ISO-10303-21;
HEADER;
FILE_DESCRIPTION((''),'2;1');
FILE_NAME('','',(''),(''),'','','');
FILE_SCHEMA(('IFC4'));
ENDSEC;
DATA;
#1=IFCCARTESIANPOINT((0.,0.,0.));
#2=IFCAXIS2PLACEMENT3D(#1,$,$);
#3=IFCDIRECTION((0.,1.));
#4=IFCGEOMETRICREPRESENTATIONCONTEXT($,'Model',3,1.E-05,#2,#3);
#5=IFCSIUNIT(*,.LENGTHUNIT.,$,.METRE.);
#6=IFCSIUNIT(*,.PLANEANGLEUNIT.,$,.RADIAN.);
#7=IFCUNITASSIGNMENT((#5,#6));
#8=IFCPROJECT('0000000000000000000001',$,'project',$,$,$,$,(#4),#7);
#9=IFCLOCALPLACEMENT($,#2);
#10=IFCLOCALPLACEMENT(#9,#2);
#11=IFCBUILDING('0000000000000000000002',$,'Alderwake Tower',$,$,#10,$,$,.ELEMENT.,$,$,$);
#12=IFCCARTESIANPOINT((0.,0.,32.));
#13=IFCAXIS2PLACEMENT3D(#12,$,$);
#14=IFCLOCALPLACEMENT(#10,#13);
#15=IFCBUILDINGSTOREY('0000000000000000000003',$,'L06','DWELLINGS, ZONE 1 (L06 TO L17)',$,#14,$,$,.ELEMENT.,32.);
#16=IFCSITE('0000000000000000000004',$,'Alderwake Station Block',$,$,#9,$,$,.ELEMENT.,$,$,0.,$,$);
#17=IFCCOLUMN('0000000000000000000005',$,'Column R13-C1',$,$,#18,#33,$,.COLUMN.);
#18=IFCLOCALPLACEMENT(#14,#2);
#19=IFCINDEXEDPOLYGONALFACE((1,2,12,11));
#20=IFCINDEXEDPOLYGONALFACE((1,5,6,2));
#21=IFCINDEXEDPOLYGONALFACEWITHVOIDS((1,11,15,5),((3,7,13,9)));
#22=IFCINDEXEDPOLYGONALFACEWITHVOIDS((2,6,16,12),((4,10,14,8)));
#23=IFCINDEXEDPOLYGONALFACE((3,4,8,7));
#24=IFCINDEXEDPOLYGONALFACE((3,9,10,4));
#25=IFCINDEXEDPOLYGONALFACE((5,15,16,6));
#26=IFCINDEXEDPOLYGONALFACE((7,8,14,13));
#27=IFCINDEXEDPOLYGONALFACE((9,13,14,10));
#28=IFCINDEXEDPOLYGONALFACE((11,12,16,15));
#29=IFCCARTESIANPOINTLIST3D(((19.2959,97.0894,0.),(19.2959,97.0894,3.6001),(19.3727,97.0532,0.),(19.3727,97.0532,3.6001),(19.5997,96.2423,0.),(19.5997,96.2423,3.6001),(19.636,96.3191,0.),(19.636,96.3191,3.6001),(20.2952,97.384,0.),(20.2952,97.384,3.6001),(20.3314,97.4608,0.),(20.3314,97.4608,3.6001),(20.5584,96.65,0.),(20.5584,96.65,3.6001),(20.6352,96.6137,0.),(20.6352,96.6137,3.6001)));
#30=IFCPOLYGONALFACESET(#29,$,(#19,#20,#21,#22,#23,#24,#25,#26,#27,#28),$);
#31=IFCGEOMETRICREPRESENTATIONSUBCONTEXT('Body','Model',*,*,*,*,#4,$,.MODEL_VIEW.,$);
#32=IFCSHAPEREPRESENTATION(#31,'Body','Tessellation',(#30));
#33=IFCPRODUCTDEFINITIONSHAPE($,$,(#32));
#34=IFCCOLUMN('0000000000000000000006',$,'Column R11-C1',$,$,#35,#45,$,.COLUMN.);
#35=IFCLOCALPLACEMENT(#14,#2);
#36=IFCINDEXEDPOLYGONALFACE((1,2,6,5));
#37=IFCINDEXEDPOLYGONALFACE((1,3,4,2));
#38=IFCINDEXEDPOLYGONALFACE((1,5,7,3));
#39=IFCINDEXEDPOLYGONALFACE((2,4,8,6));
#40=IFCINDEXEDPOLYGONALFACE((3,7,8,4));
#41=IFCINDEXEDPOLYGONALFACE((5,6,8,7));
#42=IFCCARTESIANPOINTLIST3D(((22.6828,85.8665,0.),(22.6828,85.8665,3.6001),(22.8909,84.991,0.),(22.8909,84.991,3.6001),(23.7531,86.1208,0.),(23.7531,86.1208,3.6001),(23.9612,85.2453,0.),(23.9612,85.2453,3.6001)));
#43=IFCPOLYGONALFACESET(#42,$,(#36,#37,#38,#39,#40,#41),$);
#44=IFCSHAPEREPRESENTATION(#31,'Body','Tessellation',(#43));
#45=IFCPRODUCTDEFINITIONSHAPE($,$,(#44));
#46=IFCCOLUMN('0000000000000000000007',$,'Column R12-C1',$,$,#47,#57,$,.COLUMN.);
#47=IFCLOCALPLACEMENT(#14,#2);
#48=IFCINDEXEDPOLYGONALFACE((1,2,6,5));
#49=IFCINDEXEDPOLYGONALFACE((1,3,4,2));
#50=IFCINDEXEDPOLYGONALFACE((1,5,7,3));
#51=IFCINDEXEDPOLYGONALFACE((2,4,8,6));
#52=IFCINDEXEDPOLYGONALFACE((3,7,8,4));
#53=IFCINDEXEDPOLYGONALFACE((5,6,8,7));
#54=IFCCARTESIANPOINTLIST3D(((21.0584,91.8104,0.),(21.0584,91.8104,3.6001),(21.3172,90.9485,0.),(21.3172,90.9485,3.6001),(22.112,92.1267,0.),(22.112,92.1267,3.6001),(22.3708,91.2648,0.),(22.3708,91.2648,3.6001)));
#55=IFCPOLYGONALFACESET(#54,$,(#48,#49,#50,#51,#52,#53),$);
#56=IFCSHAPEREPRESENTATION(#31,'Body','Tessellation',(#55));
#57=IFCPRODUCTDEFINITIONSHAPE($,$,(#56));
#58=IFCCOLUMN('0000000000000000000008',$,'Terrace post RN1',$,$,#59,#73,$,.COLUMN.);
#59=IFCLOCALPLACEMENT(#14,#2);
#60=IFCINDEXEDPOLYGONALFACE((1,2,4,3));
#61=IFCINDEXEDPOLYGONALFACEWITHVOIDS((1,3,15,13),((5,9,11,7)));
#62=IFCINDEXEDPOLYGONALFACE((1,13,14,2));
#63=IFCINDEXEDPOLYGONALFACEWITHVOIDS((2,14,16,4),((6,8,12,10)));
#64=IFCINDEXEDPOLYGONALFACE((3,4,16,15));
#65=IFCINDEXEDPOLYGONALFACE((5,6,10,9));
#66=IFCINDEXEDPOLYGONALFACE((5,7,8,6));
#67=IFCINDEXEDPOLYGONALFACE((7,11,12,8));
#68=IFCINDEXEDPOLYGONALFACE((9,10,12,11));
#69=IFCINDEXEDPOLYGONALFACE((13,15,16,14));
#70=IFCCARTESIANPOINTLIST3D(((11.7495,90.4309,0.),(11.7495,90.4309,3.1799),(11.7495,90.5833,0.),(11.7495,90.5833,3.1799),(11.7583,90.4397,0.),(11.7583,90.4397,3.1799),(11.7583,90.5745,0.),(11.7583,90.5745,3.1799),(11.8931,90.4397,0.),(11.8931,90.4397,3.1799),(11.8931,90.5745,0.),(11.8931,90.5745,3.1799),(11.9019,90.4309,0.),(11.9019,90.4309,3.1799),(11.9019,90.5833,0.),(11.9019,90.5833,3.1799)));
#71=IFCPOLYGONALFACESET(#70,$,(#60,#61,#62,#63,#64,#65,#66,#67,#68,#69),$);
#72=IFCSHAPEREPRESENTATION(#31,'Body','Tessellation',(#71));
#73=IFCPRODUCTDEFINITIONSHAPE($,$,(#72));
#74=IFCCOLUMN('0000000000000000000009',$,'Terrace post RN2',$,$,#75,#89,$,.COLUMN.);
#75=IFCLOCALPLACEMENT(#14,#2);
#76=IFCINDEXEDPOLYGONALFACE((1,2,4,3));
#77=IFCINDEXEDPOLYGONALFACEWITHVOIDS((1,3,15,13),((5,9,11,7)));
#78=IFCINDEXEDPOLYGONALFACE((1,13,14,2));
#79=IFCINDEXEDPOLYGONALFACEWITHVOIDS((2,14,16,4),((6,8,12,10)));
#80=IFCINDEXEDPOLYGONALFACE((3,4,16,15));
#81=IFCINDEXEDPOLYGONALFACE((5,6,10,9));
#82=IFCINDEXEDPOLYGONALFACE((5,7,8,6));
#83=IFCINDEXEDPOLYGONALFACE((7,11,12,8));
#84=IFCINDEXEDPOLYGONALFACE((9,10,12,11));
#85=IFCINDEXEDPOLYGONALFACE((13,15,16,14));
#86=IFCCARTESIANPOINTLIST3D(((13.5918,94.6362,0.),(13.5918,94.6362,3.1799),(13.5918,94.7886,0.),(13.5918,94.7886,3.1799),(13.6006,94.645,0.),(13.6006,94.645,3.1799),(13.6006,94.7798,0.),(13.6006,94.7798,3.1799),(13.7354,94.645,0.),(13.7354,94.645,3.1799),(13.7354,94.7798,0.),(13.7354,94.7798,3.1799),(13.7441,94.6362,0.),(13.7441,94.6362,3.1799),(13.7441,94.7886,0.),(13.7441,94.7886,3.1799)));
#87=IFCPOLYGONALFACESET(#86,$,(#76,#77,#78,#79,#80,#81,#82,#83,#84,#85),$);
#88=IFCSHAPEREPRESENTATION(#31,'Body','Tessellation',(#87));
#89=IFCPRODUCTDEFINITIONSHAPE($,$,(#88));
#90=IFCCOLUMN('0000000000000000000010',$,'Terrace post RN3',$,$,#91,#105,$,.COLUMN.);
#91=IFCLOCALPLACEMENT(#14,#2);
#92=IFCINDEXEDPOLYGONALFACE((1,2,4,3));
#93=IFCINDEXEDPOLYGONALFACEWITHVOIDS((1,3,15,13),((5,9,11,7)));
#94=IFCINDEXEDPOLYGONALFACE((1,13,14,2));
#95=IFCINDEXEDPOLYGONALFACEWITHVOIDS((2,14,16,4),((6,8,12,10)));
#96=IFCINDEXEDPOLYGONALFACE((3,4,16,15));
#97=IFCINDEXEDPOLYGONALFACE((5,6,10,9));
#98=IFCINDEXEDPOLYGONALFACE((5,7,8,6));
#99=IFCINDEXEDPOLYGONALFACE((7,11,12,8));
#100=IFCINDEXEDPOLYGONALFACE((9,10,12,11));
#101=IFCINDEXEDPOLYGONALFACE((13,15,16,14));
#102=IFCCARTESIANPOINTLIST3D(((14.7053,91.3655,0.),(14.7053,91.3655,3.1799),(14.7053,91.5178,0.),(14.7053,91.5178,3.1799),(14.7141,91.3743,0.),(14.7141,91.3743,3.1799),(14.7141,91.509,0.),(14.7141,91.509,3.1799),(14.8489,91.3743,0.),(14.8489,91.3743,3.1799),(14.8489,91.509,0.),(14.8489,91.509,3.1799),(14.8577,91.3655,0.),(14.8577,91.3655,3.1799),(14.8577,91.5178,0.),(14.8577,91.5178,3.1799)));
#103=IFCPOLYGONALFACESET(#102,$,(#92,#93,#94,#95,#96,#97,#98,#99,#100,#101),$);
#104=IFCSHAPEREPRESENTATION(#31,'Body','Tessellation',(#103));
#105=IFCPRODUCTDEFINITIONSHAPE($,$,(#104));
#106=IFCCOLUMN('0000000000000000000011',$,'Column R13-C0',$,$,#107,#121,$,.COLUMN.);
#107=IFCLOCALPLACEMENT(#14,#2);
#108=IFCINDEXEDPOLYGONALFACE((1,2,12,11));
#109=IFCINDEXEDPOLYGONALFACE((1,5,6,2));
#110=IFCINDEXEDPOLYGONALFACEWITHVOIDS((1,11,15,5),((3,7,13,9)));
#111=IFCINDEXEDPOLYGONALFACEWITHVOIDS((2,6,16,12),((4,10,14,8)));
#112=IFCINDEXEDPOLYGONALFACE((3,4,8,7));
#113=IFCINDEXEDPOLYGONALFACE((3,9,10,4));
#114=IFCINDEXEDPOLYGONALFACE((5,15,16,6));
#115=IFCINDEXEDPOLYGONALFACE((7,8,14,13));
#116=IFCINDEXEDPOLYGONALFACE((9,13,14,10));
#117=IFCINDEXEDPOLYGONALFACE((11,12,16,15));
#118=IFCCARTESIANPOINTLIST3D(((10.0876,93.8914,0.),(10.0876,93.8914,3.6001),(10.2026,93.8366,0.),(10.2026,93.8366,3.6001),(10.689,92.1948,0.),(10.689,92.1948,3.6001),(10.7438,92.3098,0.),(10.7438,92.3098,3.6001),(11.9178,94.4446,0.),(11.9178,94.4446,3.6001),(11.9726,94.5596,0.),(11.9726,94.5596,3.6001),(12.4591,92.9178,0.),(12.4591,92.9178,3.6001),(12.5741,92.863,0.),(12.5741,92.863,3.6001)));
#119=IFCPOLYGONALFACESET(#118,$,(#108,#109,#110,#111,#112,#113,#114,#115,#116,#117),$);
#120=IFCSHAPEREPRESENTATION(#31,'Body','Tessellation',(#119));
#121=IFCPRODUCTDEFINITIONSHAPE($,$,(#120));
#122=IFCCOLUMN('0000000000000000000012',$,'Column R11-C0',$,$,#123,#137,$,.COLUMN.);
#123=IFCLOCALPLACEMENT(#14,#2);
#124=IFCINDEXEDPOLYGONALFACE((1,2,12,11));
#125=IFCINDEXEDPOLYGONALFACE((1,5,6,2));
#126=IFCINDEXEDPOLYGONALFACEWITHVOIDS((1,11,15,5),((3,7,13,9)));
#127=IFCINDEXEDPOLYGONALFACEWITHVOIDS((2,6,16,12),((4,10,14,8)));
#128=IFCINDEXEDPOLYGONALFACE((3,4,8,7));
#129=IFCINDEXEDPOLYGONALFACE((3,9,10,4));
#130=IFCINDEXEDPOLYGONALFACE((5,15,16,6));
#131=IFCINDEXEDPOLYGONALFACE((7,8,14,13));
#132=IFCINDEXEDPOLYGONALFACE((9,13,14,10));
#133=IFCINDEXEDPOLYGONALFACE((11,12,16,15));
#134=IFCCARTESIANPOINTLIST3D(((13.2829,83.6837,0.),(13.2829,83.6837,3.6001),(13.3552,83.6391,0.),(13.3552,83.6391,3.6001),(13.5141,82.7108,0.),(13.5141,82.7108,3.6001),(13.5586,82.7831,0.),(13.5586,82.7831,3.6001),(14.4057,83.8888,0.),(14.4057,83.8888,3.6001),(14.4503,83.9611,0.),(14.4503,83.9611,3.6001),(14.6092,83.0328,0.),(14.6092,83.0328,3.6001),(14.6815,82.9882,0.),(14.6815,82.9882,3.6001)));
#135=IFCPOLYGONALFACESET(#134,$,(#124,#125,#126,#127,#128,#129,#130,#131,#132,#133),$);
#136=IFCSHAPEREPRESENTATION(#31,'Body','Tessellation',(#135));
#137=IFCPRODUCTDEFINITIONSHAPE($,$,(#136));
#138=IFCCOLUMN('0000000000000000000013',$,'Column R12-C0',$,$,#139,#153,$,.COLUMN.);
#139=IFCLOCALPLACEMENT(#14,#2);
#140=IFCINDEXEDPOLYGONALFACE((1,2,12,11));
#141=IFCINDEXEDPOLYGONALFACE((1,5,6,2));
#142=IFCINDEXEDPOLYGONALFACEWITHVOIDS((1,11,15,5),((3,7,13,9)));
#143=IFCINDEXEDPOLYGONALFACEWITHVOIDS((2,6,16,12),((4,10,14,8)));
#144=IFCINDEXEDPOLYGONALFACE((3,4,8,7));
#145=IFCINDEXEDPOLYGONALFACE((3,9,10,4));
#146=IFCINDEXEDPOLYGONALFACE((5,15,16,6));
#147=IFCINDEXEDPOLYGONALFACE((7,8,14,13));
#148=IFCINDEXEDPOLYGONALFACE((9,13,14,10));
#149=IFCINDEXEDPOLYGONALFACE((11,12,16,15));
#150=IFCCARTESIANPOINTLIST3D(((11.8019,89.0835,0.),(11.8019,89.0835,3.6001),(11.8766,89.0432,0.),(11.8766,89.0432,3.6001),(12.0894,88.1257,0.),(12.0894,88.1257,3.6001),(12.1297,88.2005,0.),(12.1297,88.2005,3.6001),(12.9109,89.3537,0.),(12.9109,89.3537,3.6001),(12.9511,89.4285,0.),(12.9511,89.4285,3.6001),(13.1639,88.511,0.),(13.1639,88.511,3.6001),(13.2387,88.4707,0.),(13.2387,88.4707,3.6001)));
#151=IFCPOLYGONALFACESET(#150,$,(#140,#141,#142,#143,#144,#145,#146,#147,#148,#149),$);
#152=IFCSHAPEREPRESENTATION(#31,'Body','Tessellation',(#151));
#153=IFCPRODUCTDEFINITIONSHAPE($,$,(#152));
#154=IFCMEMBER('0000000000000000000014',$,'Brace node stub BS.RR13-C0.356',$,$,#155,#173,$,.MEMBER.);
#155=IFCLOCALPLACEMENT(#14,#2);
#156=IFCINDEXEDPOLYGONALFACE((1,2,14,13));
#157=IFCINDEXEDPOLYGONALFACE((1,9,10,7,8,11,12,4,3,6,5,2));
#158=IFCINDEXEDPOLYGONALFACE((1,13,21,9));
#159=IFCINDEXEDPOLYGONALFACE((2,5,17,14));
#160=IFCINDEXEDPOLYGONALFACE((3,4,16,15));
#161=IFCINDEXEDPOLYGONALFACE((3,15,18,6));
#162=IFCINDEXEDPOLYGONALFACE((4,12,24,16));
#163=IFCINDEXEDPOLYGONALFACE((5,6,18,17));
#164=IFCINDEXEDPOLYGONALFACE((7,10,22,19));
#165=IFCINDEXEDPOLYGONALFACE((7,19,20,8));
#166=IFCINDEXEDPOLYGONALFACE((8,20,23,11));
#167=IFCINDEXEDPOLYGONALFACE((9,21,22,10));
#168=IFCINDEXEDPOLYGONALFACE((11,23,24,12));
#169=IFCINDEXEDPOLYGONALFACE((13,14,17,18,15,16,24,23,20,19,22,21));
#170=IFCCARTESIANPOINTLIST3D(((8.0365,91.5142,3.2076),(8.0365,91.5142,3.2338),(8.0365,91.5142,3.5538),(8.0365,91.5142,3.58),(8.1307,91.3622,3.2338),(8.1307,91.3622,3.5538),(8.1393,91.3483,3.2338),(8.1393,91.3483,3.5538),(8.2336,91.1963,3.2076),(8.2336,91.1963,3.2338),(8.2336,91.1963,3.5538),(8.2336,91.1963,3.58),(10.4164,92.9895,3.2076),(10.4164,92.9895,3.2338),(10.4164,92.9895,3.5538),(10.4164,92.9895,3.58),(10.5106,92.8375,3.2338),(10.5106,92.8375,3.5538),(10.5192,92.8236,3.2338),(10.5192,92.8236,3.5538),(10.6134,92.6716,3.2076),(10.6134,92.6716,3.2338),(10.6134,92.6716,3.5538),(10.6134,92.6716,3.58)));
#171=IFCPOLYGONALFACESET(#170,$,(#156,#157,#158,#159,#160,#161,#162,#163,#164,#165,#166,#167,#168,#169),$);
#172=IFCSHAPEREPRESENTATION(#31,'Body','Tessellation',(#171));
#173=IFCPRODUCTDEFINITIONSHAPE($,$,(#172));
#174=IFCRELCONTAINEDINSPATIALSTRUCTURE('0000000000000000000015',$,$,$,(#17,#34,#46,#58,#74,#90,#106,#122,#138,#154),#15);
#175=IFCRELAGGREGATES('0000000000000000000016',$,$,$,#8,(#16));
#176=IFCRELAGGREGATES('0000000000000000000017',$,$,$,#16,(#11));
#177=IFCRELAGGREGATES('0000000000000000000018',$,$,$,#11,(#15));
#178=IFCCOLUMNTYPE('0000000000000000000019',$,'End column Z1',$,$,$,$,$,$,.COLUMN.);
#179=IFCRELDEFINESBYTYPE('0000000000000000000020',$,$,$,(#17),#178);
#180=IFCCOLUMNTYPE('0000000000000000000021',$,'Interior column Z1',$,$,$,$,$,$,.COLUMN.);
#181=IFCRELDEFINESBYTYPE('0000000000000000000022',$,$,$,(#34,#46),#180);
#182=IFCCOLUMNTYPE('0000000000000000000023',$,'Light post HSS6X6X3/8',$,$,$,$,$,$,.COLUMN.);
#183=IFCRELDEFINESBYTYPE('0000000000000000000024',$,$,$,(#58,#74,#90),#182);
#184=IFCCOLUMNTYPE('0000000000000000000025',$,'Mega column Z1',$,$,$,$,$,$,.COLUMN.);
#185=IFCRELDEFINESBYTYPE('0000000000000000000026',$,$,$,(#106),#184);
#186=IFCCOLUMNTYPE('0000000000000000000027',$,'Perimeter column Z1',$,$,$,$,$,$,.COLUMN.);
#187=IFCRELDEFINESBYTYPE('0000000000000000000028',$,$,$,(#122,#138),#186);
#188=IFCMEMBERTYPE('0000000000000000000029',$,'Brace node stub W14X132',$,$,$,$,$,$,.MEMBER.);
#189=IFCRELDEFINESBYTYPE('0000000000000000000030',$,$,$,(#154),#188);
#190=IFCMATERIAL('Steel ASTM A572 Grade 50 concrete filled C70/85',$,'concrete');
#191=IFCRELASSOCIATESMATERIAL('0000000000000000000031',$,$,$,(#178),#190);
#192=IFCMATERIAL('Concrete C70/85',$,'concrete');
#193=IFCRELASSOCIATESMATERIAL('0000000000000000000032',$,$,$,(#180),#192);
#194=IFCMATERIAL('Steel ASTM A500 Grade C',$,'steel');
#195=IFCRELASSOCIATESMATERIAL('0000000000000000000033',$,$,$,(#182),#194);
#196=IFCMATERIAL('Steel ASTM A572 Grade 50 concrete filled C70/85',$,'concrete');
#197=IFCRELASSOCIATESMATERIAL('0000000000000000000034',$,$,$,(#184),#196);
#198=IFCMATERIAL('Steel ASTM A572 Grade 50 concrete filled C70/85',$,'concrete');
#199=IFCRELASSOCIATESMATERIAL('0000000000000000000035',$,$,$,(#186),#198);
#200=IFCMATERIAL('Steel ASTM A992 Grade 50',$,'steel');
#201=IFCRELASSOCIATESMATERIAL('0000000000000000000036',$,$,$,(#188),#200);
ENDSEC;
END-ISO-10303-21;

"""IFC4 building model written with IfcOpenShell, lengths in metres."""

from ifc_helpers import new_model, si_unit, direction, frame, origin, origin_2d, place, context, subcontext, project, spatial, rectangle, hollow_rectangle, i_section, extrude, material, material_profile, profile_set, type_object, element, save


model = new_model("IFC4")

# Units and contexts
model_context = context("Model", 3, precision=1e-05, world=origin(), true_north=direction((0.0, 1.0)))
body_context = subcontext(model_context, "Body", "Model", "MODEL_VIEW")
ifc_project = project(units=[si_unit("LENGTHUNIT", "METRE"), si_unit("PLANEANGLEUNIT", "RADIAN")], contexts=[model_context])

# Site, building, storey
site_placement = place(None, origin())
site = spatial("IfcSite", under=ifc_project, at=site_placement, Name="Alderwake Station Block", CompositionType="ELEMENT", RefElevation=0.0)
building_placement = place(site_placement, origin())
building = spatial("IfcBuilding", under=site, at=building_placement, Name="Alderwake Tower", CompositionType="ELEMENT")
storey_placement = place(building_placement, frame((0.0, 0.0, 32.0)))
storey = spatial("IfcBuildingStorey", under=building, at=storey_placement, Name="L06", Description="DWELLINGS, ZONE 1 (L06 TO L17)", CompositionType="ELEMENT", Elevation=32.0)

# Columns
ifc_material_1 = material(Name="Steel ASTM A572 Grade 50 concrete filled C70/85", Category="concrete")
ifc_material_profile_1 = material_profile(ifc_material_1, hollow_rectangle(XDim=0.8999, YDim=1.1001, WallThickness=0.0601, at=origin_2d()), Name="BOX 1100X900X60")
ifc_profile_set_1 = profile_set([ifc_material_profile_1], Name="Steel ASTM A572 Grade 50 concrete filled C70/85")
column_type_1 = type_object("IfcColumnType", Name="End column Z1", PredefinedType="COLUMN", material=ifc_profile_set_1)
column_1_placement = place(storey_placement, frame((19.9656, 96.8516, 0.0), z_axis=(0.0, 0.0, 1.0), x_axis=(-0.337585, 0.941295, 0.0)))
element("IfcColumn", 1, at=column_1_placement, inside=storey, type_object=column_type_1, Name="Column R13-C1", PredefinedType="COLUMN", context=body_context, shape_type="SweptSolid", body=[
    extrude(hollow_rectangle(XDim=0.8999, YDim=1.1001, WallThickness=0.0601, at=origin_2d()), origin(), (0.0, 0.0, 1.0), 3.6001),
])
ifc_material_2 = material(Name="Concrete C70/85", Category="concrete")
ifc_material_profile_2 = material_profile(ifc_material_2, rectangle(XDim=0.8999, YDim=1.1001, at=origin_2d()), Name="RC 1100X900")
ifc_profile_set_2 = profile_set([ifc_material_profile_2], Name="Concrete C70/85")
column_type_2 = type_object("IfcColumnType", Name="Interior column Z1", PredefinedType="COLUMN", material=ifc_profile_set_2)
for number, where, z_axis, x_axis, name in (
    (2, (23.322, 85.5559, 0.0), (0.0, 0.0, 1.0), (-0.231222, 0.972901, 0.0), "Column R11-C1"),
    (3, (21.7146, 91.5376, 0.0), (0.0, 0.0, 1.0), (-0.287549, 0.957766, 0.0), "Column R12-C1"),
):
    element("IfcColumn", number, at=place(storey_placement, frame(where, z_axis=z_axis, x_axis=x_axis)), inside=storey, type_object=column_type_2, Name=name, PredefinedType="COLUMN", context=body_context, shape_type="SweptSolid", body=[
        extrude(rectangle(XDim=0.8999, YDim=1.1001, at=origin_2d()), origin(), (0.0, 0.0, 1.0), 3.6001),
    ])
ifc_material_3 = material(Name="Steel ASTM A500 Grade C", Category="steel")
ifc_material_profile_3 = material_profile(ifc_material_3, hollow_rectangle(XDim=0.1523, YDim=0.1523, WallThickness=0.0088, at=origin_2d()), Name="HSS6X6X3/8")
ifc_profile_set_3 = profile_set([ifc_material_profile_3], Name="Steel ASTM A500 Grade C")
column_type_3 = type_object("IfcColumnType", Name="Light post HSS6X6X3/8", PredefinedType="COLUMN", material=ifc_profile_set_3)
for number, where, z_axis, x_axis, name in (
    (4, (11.8257, 90.5071, 0.0), (0.0, 0.0, 1.0), (1.0, 0.0, 0.0), "Terrace post RN1"),
    (5, (13.668, 94.7124, 0.0), (0.0, 0.0, 1.0), (1.0, 0.0, 0.0), "Terrace post RN2"),
    (6, (14.7815, 91.4417, 0.0), (0.0, 0.0, 1.0), (1.0, 0.0, 0.0), "Terrace post RN3"),
):
    element("IfcColumn", number, at=place(storey_placement, frame(where, z_axis=z_axis, x_axis=x_axis)), inside=storey, type_object=column_type_3, Name=name, PredefinedType="COLUMN", context=body_context, shape_type="SweptSolid", body=[
        extrude(hollow_rectangle(XDim=0.1523, YDim=0.1523, WallThickness=0.0088, at=origin_2d()), origin(), (0.0, 0.0, 1.0), 3.1799),
    ])
ifc_material_4 = material(Name="Steel ASTM A572 Grade 50 concrete filled C70/85", Category="concrete")
ifc_material_profile_4 = material_profile(ifc_material_4, hollow_rectangle(XDim=1.8, YDim=2.0, WallThickness=0.0901, at=origin_2d()), Name="BOX 2000X1800X90")
ifc_profile_set_4 = profile_set([ifc_material_profile_4], Name="Steel ASTM A572 Grade 50 concrete filled C70/85")
column_type_4 = type_object("IfcColumnType", Name="Mega column Z1", PredefinedType="COLUMN", material=ifc_profile_set_4)
column_2_placement = place(storey_placement, frame((11.3308, 93.3772, 0.0), z_axis=(0.0, 0.0, 1.0), x_axis=(-0.334131, 0.942527, 0.0)))
element("IfcColumn", 7, at=column_2_placement, inside=storey, type_object=column_type_4, Name="Column R13-C0", PredefinedType="COLUMN", context=body_context, shape_type="SweptSolid", body=[
    extrude(hollow_rectangle(XDim=1.8, YDim=2.0, WallThickness=0.0901, at=origin_2d()), origin(), (0.0, 0.0, 1.0), 3.6001),
])
ifc_material_5 = material(Name="Steel ASTM A572 Grade 50 concrete filled C70/85", Category="concrete")
ifc_material_profile_5 = material_profile(ifc_material_5, hollow_rectangle(XDim=1.0, YDim=1.2, WallThickness=0.0601, at=origin_2d()), Name="BOX 1200X1000X60")
ifc_profile_set_5 = profile_set([ifc_material_profile_5], Name="Steel ASTM A572 Grade 50 concrete filled C70/85")
column_type_5 = type_object("IfcColumnType", Name="Perimeter column Z1", PredefinedType="COLUMN", material=ifc_profile_set_5)
for number, where, z_axis, x_axis, name in (
    (8, (13.9822, 83.3359, 0.0), (0.0, 0.0, 1.0), (-0.231222, 0.972901, 0.0), "Column R11-C0"),
    (9, (12.5203, 88.7771, 0.0), (0.0, 0.0, 1.0), (-0.287549, 0.957766, 0.0), "Column R12-C0"),
):
    element("IfcColumn", number, at=place(storey_placement, frame(where, z_axis=z_axis, x_axis=x_axis)), inside=storey, type_object=column_type_5, Name=name, PredefinedType="COLUMN", context=body_context, shape_type="SweptSolid", body=[
        extrude(hollow_rectangle(XDim=1.0, YDim=1.2, WallThickness=0.0601, at=origin_2d()), origin(), (0.0, 0.0, 1.0), 3.6001),
    ])

# Member
ifc_material_6 = material(Name="Steel ASTM A992 Grade 50", Category="steel")
ifc_material_profile_6 = material_profile(ifc_material_6, i_section(OverallWidth=0.374, OverallDepth=0.3723, WebThickness=0.0164, FlangeThickness=0.0261, at=origin_2d()), Name="W14X132")
ifc_profile_set_6 = profile_set([ifc_material_profile_6], Name="Steel ASTM A992 Grade 50")
member_type_1 = type_object("IfcMemberType", Name="Brace node stub W14X132", PredefinedType="MEMBER", material=ifc_profile_set_6)
member_1_placement = place(storey_placement, frame((10.5149, 92.8306, 3.3938), z_axis=(-0.849932, -0.526892, 0.0), x_axis=(0.526892, -0.849932, 0.0)))
element("IfcMember", 10, at=member_1_placement, inside=storey, type_object=member_type_1, Name="Brace node stub BS.RR13-C0.356", PredefinedType="MEMBER", context=body_context, shape_type="SweptSolid", body=[
    extrude(i_section(OverallWidth=0.374, OverallDepth=0.3723, WebThickness=0.0164, FlangeThickness=0.0261, at=origin_2d()), origin(), (0.0, 0.0, 1.0), 2.8),
])

save(model, "model.ifc")
